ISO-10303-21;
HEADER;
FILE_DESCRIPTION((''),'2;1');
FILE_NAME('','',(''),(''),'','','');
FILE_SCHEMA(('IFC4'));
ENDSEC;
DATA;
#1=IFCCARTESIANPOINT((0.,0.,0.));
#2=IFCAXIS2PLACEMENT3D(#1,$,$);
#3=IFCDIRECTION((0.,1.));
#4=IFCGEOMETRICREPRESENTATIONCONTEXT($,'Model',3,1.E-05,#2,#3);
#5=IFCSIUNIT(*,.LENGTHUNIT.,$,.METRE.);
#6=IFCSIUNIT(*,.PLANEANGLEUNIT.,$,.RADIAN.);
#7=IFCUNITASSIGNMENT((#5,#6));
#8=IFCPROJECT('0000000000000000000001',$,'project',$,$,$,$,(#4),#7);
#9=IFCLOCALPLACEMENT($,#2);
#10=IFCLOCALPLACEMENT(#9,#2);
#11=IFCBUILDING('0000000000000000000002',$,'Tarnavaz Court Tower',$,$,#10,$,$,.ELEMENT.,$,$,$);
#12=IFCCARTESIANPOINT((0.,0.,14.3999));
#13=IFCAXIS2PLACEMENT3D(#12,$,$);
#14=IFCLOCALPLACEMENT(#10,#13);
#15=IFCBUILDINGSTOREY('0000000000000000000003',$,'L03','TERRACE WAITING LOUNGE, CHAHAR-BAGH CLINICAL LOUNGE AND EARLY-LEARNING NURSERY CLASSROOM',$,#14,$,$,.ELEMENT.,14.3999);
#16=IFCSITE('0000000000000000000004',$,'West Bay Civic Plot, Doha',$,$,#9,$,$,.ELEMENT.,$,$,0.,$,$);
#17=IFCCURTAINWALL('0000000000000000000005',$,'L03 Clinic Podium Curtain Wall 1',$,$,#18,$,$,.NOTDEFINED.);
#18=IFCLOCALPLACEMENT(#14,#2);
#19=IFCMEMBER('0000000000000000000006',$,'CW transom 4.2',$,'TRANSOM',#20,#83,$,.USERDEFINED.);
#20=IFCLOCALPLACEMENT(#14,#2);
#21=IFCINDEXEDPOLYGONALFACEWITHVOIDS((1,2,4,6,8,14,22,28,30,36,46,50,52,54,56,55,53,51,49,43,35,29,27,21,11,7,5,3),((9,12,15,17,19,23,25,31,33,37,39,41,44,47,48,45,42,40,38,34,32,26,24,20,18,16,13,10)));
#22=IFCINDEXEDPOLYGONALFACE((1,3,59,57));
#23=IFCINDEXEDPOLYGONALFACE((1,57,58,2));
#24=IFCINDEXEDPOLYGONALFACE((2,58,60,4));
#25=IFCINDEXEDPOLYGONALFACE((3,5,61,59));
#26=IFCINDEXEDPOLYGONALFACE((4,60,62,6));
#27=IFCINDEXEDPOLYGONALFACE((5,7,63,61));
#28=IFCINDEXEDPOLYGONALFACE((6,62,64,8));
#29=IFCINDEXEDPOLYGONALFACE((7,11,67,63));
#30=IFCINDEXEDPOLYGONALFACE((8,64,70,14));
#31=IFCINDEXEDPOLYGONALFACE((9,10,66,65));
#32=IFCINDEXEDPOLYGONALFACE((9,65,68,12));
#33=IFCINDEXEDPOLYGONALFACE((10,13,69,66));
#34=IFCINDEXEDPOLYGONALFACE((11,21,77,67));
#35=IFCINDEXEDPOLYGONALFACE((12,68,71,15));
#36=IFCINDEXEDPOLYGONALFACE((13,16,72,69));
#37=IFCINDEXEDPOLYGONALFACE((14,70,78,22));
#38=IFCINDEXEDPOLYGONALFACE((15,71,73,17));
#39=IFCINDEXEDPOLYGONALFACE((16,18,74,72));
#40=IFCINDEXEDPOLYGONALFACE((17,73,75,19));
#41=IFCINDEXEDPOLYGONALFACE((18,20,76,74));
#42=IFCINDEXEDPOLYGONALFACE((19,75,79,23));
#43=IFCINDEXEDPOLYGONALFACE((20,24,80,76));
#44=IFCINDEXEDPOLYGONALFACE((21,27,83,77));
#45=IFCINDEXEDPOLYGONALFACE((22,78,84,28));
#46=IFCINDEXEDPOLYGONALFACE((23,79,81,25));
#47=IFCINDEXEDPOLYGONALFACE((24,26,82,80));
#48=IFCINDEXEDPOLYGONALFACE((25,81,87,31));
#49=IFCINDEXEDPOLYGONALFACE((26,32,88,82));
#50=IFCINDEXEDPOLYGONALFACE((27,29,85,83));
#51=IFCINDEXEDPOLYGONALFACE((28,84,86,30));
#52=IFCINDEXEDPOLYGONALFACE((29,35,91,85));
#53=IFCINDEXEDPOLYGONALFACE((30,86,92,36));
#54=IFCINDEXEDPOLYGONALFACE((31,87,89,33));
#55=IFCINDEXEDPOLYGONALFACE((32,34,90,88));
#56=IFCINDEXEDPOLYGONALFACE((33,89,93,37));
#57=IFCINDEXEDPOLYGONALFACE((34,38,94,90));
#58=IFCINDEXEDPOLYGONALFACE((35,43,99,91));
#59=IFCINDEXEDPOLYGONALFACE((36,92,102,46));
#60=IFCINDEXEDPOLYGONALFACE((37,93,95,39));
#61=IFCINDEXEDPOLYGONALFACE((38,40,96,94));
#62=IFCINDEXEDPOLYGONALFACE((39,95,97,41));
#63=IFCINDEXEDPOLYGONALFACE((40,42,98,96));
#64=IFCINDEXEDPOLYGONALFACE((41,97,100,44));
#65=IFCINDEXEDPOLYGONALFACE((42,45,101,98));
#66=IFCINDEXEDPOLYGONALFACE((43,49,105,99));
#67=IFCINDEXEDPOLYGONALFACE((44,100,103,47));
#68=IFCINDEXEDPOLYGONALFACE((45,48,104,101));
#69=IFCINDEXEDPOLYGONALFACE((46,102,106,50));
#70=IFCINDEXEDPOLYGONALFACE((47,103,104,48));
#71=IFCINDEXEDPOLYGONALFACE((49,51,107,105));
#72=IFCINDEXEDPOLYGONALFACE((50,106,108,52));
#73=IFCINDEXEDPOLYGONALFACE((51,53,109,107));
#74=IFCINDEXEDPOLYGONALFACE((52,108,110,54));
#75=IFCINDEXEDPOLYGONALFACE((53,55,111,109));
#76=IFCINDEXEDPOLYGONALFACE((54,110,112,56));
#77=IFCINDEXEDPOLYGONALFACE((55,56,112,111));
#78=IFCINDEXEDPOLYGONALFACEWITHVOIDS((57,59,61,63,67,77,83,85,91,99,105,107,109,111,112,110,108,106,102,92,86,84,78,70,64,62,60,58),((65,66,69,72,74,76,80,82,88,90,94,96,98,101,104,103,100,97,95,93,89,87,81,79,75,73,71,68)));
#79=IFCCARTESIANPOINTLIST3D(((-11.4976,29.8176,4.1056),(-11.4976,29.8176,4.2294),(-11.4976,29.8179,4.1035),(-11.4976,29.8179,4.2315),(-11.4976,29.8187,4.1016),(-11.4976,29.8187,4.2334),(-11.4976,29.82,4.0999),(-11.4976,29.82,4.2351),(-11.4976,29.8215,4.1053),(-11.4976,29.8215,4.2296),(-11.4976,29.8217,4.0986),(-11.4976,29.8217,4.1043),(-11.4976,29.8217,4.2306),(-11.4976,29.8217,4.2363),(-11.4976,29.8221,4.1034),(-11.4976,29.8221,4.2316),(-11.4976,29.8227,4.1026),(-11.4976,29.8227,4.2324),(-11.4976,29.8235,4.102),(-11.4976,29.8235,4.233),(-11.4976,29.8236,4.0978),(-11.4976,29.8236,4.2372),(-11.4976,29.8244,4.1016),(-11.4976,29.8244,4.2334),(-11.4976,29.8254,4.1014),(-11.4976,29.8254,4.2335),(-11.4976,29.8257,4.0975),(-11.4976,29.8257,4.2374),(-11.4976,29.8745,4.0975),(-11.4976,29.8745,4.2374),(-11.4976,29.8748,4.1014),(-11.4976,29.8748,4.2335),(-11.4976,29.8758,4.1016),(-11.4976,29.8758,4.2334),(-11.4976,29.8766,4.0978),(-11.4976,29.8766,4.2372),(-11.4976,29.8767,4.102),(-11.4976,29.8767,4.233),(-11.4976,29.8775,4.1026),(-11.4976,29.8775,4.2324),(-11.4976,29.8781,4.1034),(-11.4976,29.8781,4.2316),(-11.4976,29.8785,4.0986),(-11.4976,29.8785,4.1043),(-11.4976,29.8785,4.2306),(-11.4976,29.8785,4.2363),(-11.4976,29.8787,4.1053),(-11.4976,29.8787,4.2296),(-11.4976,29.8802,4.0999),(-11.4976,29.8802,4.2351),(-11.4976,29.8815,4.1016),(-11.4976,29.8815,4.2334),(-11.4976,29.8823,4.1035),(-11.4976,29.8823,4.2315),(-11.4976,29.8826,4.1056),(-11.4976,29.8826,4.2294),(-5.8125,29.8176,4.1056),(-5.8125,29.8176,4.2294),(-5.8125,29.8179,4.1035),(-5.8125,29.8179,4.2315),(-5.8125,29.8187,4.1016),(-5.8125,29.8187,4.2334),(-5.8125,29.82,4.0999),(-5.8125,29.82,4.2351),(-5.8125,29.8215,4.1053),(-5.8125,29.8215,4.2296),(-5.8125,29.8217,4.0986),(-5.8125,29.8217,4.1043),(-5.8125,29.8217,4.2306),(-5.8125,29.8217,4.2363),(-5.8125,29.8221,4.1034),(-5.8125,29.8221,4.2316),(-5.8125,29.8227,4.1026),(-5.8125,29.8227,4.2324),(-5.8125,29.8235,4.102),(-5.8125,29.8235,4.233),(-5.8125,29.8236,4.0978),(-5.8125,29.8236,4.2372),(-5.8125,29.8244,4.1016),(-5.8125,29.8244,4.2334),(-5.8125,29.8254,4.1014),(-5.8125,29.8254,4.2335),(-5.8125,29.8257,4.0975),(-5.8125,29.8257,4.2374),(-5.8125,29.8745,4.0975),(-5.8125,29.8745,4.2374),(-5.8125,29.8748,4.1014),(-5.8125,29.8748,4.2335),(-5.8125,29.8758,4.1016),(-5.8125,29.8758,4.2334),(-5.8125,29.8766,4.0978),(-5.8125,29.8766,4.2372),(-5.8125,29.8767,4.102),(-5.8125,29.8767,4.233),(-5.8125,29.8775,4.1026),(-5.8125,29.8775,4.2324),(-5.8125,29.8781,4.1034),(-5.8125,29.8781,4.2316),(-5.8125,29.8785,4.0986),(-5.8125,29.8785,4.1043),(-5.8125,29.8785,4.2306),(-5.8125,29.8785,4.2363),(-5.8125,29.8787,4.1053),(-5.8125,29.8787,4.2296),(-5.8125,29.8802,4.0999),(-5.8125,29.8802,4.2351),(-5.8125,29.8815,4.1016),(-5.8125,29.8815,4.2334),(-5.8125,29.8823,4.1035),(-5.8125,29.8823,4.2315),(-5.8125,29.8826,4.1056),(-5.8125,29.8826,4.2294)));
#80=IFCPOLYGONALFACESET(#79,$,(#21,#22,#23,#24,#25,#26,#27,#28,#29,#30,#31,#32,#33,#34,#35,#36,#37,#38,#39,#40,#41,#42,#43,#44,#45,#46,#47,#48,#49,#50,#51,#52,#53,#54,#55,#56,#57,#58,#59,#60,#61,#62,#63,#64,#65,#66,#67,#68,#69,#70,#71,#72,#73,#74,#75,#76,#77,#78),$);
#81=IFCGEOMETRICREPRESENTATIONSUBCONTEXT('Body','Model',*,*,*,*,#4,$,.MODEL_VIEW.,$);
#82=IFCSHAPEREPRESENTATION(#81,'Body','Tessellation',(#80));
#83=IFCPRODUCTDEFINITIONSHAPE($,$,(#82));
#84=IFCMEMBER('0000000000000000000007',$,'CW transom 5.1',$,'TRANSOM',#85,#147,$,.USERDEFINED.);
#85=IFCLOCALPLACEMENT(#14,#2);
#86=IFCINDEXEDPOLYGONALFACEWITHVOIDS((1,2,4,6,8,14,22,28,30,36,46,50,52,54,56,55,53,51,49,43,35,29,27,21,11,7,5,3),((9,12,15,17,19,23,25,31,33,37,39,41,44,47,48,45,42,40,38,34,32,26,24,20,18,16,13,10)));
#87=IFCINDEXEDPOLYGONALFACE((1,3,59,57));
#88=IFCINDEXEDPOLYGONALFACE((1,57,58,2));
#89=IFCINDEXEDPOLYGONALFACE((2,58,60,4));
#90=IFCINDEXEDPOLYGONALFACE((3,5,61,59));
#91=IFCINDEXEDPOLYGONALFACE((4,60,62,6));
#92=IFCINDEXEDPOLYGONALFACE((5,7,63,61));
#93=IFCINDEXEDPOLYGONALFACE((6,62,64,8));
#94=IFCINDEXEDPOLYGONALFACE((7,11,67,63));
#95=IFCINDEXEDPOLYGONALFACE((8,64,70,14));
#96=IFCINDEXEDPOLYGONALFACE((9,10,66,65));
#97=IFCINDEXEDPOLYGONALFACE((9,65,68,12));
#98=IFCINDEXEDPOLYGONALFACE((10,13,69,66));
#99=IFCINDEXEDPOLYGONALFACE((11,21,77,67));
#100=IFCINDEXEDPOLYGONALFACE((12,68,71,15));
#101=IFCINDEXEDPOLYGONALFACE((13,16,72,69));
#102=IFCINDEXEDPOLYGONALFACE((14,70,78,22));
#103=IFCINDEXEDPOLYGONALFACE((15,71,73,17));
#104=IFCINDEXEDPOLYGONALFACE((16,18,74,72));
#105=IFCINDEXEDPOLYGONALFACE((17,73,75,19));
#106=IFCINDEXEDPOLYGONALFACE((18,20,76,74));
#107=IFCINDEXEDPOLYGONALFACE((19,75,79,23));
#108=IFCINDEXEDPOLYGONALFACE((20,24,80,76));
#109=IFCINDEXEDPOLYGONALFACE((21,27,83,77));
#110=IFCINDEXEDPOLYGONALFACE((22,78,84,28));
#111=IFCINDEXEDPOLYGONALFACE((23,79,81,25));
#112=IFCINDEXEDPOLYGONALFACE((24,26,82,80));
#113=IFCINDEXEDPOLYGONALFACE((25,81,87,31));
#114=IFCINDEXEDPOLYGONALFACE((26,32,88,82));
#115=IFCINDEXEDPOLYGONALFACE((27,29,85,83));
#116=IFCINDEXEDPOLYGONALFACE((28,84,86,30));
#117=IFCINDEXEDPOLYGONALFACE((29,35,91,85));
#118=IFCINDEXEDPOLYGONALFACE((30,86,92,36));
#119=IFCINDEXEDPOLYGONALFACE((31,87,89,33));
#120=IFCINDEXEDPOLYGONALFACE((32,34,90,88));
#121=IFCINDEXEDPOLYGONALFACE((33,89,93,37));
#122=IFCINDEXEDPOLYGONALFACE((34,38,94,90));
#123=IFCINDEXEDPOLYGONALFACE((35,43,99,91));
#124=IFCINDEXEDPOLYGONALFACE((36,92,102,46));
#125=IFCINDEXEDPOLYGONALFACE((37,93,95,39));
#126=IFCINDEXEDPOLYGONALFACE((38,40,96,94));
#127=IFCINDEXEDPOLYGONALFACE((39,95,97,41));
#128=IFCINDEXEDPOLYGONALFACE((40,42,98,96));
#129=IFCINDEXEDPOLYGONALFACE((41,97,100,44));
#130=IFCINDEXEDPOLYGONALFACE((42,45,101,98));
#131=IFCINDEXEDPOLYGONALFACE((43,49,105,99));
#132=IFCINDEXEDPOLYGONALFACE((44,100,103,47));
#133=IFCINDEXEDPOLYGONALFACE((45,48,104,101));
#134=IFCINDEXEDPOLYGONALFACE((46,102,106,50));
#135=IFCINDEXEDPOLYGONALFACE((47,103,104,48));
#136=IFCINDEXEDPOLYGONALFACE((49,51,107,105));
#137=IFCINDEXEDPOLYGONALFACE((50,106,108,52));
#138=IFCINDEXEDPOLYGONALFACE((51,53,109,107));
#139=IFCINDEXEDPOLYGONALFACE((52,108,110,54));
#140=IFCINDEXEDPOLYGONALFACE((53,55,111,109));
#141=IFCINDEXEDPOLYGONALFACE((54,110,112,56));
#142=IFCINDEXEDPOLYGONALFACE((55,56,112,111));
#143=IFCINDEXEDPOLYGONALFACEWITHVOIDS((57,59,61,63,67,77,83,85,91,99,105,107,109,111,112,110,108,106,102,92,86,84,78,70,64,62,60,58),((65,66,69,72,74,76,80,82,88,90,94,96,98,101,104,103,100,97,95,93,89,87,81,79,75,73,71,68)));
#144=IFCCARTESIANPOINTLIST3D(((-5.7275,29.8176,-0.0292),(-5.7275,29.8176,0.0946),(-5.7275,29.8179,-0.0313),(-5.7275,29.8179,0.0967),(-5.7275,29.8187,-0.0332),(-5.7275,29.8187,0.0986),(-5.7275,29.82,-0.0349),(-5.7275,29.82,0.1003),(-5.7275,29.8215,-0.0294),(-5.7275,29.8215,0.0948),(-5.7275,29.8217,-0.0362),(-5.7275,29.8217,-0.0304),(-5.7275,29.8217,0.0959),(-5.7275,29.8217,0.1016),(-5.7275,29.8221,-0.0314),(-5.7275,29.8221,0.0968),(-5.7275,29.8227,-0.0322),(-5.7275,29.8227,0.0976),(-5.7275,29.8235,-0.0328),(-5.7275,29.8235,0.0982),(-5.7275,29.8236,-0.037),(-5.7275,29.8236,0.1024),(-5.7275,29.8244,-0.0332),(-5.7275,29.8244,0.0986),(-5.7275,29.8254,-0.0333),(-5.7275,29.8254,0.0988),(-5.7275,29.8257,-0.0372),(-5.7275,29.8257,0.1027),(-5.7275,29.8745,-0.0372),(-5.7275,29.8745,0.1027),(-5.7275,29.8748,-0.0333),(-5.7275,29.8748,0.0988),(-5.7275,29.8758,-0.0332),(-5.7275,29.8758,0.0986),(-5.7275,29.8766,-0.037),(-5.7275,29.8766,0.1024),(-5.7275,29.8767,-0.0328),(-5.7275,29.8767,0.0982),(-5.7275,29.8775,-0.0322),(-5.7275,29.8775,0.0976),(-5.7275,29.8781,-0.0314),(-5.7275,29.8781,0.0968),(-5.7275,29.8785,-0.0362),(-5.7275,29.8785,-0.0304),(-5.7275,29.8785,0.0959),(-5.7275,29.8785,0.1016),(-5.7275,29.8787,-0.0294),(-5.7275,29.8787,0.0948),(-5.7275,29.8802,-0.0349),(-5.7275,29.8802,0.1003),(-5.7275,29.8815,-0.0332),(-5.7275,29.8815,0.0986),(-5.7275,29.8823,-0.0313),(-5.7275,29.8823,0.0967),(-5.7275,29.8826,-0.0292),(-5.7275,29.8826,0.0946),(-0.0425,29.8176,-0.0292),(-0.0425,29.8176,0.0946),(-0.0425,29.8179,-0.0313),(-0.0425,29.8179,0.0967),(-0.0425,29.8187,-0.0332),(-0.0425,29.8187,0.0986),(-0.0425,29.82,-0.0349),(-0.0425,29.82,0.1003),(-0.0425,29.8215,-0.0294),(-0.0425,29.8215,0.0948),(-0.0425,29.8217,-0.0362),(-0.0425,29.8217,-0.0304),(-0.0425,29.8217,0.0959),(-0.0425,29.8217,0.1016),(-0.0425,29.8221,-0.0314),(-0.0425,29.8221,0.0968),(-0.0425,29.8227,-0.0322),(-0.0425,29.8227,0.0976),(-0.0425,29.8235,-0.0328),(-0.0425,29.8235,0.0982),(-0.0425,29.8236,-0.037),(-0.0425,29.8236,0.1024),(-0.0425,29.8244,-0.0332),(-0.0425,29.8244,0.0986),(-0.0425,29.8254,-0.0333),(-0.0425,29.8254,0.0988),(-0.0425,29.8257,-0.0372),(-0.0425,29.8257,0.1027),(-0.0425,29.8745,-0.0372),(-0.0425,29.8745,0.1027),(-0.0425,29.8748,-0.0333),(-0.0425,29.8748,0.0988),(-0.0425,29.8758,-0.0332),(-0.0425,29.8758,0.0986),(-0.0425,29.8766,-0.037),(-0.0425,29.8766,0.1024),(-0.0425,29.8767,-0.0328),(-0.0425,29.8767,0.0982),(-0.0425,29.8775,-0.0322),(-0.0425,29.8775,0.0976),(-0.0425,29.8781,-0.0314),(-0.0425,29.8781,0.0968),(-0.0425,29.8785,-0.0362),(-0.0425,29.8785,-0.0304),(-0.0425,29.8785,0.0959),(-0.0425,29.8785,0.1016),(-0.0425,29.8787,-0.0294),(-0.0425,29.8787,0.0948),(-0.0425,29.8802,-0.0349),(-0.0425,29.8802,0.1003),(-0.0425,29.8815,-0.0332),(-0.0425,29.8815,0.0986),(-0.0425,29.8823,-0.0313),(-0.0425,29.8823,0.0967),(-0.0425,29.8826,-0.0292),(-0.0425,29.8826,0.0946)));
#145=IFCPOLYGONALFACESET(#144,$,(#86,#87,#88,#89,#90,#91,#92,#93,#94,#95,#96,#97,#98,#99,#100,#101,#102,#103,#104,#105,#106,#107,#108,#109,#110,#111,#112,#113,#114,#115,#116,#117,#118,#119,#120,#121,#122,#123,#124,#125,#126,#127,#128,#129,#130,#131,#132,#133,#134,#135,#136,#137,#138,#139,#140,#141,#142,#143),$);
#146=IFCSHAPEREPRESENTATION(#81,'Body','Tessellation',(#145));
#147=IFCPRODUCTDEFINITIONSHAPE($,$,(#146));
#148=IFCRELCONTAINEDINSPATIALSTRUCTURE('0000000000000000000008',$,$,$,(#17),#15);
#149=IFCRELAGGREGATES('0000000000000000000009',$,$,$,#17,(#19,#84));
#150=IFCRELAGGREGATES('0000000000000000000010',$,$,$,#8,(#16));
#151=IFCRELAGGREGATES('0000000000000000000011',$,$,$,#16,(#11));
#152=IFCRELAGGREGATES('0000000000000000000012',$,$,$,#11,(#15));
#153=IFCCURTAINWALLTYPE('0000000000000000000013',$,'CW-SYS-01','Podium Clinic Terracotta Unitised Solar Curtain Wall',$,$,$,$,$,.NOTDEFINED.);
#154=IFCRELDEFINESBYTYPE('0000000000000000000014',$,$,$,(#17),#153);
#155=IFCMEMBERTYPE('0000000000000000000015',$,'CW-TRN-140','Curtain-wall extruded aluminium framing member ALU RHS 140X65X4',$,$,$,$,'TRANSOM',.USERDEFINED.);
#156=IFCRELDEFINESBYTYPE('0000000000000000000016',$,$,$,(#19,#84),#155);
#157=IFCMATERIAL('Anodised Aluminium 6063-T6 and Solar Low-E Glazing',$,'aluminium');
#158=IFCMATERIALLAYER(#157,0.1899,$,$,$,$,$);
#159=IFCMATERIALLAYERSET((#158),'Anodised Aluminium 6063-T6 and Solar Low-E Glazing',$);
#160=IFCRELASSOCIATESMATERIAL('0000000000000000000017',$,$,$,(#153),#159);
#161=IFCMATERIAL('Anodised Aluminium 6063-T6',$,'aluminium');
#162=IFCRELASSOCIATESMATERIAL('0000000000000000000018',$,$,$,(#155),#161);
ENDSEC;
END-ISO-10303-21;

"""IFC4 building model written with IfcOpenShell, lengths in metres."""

from ifc_helpers import new_model, si_unit, direction, frame, origin, origin_2d, place, context, subcontext, project, spatial, hollow_rectangle, extrude, material, layer, layer_set, material_profile, profile_set, type_object, element, aggregate, save


model = new_model("IFC4")

# Units and contexts
model_context = context("Model", 3, precision=1e-05, world=origin(), true_north=direction((0.0, 1.0)))
body_context = subcontext(model_context, "Body", "Model", "MODEL_VIEW")
ifc_project = project(units=[si_unit("LENGTHUNIT", "METRE"), si_unit("PLANEANGLEUNIT", "RADIAN")], contexts=[model_context])

# Site, building, storey
site_placement = place(None, origin())
site = spatial("IfcSite", under=ifc_project, at=site_placement, Name="West Bay Civic Plot, Doha", CompositionType="ELEMENT", RefElevation=0.0)
building_placement = place(site_placement, origin())
building = spatial("IfcBuilding", under=site, at=building_placement, Name="Tarnavaz Court Tower", CompositionType="ELEMENT")
storey_placement = place(building_placement, frame((0.0, 0.0, 14.3999)))
storey = spatial("IfcBuildingStorey", under=building, at=storey_placement, Name="L03", Description="TERRACE WAITING LOUNGE, CHAHAR-BAGH CLINICAL LOUNGE AND EARLY-LEARNING NURSERY CLASSROOM", CompositionType="ELEMENT", Elevation=14.3999)

# Curtain wall, members
ifc_material_1 = material(Name="Anodised Aluminium 6063-T6 and Solar Low-E Glazing", Category="aluminium")
ifc_layer_1 = layer(ifc_material_1, 0.1899)
ifc_layer_set_1 = layer_set([ifc_layer_1], Name="Anodised Aluminium 6063-T6 and Solar Low-E Glazing")
curtain_wall_type = type_object("IfcCurtainWallType", Name="CW-SYS-01", Description="Podium Clinic Terracotta Unitised Solar Curtain Wall", PredefinedType="NOTDEFINED", material=ifc_layer_set_1)
curtain_wall_placement = place(storey_placement, origin())
curtain_wall = element("IfcCurtainWall", 1, at=curtain_wall_placement, inside=storey, type_object=curtain_wall_type, Name="L03 Clinic Podium Curtain Wall 1", PredefinedType="NOTDEFINED")
ifc_material_2 = material(Name="Anodised Aluminium 6063-T6", Category="aluminium")
ifc_material_profile_1 = material_profile(ifc_material_2, hollow_rectangle(XDim=0.0649, YDim=0.1399, WallThickness=0.0039, InnerFilletRadius=0.0039, OuterFilletRadius=0.0081, at=origin_2d()), Name="ALU RHS 140X65X4")
ifc_profile_set_1 = profile_set([ifc_material_profile_1], Name="Anodised Aluminium 6063-T6")
member_type_1 = type_object("IfcMemberType", Name="CW-TRN-140", Description="Curtain-wall extruded aluminium framing member ALU RHS 140X65X4", ElementType="TRANSOM", PredefinedType="USERDEFINED", material=ifc_profile_set_1)
member_1_placement = place(storey_placement, frame((-11.4976, 29.8501, 4.1675), z_axis=(1.0, 0.0, 0.0), x_axis=(0.0, 1.0, 0.0)))
member_1 = element("IfcMember", 2, at=member_1_placement, type_object=member_type_1, Name="CW transom 4.2", ObjectType="TRANSOM", PredefinedType="USERDEFINED", context=body_context, shape_type="SweptSolid", body=[
    extrude(hollow_rectangle(XDim=0.0649, YDim=0.1399, WallThickness=0.0039, InnerFilletRadius=0.0039, OuterFilletRadius=0.0081, at=origin_2d()), origin(), (0.0, 0.0, 1.0), 5.6851),
])
member_2_placement = place(storey_placement, frame((-5.7275, 29.8501, 0.0327), z_axis=(1.0, 0.0, 0.0), x_axis=(0.0, 1.0, 0.0)))
member_2 = element("IfcMember", 3, at=member_2_placement, type_object=member_type_1, Name="CW transom 5.1", ObjectType="TRANSOM", PredefinedType="USERDEFINED", context=body_context, shape_type="SweptSolid", body=[
    extrude(hollow_rectangle(XDim=0.0649, YDim=0.1399, WallThickness=0.0039, InnerFilletRadius=0.0039, OuterFilletRadius=0.0081, at=origin_2d()), origin(), (0.0, 0.0, 1.0), 5.6851),
])
aggregate(curtain_wall, [member_1, member_2])

save(model, "model.ifc")
